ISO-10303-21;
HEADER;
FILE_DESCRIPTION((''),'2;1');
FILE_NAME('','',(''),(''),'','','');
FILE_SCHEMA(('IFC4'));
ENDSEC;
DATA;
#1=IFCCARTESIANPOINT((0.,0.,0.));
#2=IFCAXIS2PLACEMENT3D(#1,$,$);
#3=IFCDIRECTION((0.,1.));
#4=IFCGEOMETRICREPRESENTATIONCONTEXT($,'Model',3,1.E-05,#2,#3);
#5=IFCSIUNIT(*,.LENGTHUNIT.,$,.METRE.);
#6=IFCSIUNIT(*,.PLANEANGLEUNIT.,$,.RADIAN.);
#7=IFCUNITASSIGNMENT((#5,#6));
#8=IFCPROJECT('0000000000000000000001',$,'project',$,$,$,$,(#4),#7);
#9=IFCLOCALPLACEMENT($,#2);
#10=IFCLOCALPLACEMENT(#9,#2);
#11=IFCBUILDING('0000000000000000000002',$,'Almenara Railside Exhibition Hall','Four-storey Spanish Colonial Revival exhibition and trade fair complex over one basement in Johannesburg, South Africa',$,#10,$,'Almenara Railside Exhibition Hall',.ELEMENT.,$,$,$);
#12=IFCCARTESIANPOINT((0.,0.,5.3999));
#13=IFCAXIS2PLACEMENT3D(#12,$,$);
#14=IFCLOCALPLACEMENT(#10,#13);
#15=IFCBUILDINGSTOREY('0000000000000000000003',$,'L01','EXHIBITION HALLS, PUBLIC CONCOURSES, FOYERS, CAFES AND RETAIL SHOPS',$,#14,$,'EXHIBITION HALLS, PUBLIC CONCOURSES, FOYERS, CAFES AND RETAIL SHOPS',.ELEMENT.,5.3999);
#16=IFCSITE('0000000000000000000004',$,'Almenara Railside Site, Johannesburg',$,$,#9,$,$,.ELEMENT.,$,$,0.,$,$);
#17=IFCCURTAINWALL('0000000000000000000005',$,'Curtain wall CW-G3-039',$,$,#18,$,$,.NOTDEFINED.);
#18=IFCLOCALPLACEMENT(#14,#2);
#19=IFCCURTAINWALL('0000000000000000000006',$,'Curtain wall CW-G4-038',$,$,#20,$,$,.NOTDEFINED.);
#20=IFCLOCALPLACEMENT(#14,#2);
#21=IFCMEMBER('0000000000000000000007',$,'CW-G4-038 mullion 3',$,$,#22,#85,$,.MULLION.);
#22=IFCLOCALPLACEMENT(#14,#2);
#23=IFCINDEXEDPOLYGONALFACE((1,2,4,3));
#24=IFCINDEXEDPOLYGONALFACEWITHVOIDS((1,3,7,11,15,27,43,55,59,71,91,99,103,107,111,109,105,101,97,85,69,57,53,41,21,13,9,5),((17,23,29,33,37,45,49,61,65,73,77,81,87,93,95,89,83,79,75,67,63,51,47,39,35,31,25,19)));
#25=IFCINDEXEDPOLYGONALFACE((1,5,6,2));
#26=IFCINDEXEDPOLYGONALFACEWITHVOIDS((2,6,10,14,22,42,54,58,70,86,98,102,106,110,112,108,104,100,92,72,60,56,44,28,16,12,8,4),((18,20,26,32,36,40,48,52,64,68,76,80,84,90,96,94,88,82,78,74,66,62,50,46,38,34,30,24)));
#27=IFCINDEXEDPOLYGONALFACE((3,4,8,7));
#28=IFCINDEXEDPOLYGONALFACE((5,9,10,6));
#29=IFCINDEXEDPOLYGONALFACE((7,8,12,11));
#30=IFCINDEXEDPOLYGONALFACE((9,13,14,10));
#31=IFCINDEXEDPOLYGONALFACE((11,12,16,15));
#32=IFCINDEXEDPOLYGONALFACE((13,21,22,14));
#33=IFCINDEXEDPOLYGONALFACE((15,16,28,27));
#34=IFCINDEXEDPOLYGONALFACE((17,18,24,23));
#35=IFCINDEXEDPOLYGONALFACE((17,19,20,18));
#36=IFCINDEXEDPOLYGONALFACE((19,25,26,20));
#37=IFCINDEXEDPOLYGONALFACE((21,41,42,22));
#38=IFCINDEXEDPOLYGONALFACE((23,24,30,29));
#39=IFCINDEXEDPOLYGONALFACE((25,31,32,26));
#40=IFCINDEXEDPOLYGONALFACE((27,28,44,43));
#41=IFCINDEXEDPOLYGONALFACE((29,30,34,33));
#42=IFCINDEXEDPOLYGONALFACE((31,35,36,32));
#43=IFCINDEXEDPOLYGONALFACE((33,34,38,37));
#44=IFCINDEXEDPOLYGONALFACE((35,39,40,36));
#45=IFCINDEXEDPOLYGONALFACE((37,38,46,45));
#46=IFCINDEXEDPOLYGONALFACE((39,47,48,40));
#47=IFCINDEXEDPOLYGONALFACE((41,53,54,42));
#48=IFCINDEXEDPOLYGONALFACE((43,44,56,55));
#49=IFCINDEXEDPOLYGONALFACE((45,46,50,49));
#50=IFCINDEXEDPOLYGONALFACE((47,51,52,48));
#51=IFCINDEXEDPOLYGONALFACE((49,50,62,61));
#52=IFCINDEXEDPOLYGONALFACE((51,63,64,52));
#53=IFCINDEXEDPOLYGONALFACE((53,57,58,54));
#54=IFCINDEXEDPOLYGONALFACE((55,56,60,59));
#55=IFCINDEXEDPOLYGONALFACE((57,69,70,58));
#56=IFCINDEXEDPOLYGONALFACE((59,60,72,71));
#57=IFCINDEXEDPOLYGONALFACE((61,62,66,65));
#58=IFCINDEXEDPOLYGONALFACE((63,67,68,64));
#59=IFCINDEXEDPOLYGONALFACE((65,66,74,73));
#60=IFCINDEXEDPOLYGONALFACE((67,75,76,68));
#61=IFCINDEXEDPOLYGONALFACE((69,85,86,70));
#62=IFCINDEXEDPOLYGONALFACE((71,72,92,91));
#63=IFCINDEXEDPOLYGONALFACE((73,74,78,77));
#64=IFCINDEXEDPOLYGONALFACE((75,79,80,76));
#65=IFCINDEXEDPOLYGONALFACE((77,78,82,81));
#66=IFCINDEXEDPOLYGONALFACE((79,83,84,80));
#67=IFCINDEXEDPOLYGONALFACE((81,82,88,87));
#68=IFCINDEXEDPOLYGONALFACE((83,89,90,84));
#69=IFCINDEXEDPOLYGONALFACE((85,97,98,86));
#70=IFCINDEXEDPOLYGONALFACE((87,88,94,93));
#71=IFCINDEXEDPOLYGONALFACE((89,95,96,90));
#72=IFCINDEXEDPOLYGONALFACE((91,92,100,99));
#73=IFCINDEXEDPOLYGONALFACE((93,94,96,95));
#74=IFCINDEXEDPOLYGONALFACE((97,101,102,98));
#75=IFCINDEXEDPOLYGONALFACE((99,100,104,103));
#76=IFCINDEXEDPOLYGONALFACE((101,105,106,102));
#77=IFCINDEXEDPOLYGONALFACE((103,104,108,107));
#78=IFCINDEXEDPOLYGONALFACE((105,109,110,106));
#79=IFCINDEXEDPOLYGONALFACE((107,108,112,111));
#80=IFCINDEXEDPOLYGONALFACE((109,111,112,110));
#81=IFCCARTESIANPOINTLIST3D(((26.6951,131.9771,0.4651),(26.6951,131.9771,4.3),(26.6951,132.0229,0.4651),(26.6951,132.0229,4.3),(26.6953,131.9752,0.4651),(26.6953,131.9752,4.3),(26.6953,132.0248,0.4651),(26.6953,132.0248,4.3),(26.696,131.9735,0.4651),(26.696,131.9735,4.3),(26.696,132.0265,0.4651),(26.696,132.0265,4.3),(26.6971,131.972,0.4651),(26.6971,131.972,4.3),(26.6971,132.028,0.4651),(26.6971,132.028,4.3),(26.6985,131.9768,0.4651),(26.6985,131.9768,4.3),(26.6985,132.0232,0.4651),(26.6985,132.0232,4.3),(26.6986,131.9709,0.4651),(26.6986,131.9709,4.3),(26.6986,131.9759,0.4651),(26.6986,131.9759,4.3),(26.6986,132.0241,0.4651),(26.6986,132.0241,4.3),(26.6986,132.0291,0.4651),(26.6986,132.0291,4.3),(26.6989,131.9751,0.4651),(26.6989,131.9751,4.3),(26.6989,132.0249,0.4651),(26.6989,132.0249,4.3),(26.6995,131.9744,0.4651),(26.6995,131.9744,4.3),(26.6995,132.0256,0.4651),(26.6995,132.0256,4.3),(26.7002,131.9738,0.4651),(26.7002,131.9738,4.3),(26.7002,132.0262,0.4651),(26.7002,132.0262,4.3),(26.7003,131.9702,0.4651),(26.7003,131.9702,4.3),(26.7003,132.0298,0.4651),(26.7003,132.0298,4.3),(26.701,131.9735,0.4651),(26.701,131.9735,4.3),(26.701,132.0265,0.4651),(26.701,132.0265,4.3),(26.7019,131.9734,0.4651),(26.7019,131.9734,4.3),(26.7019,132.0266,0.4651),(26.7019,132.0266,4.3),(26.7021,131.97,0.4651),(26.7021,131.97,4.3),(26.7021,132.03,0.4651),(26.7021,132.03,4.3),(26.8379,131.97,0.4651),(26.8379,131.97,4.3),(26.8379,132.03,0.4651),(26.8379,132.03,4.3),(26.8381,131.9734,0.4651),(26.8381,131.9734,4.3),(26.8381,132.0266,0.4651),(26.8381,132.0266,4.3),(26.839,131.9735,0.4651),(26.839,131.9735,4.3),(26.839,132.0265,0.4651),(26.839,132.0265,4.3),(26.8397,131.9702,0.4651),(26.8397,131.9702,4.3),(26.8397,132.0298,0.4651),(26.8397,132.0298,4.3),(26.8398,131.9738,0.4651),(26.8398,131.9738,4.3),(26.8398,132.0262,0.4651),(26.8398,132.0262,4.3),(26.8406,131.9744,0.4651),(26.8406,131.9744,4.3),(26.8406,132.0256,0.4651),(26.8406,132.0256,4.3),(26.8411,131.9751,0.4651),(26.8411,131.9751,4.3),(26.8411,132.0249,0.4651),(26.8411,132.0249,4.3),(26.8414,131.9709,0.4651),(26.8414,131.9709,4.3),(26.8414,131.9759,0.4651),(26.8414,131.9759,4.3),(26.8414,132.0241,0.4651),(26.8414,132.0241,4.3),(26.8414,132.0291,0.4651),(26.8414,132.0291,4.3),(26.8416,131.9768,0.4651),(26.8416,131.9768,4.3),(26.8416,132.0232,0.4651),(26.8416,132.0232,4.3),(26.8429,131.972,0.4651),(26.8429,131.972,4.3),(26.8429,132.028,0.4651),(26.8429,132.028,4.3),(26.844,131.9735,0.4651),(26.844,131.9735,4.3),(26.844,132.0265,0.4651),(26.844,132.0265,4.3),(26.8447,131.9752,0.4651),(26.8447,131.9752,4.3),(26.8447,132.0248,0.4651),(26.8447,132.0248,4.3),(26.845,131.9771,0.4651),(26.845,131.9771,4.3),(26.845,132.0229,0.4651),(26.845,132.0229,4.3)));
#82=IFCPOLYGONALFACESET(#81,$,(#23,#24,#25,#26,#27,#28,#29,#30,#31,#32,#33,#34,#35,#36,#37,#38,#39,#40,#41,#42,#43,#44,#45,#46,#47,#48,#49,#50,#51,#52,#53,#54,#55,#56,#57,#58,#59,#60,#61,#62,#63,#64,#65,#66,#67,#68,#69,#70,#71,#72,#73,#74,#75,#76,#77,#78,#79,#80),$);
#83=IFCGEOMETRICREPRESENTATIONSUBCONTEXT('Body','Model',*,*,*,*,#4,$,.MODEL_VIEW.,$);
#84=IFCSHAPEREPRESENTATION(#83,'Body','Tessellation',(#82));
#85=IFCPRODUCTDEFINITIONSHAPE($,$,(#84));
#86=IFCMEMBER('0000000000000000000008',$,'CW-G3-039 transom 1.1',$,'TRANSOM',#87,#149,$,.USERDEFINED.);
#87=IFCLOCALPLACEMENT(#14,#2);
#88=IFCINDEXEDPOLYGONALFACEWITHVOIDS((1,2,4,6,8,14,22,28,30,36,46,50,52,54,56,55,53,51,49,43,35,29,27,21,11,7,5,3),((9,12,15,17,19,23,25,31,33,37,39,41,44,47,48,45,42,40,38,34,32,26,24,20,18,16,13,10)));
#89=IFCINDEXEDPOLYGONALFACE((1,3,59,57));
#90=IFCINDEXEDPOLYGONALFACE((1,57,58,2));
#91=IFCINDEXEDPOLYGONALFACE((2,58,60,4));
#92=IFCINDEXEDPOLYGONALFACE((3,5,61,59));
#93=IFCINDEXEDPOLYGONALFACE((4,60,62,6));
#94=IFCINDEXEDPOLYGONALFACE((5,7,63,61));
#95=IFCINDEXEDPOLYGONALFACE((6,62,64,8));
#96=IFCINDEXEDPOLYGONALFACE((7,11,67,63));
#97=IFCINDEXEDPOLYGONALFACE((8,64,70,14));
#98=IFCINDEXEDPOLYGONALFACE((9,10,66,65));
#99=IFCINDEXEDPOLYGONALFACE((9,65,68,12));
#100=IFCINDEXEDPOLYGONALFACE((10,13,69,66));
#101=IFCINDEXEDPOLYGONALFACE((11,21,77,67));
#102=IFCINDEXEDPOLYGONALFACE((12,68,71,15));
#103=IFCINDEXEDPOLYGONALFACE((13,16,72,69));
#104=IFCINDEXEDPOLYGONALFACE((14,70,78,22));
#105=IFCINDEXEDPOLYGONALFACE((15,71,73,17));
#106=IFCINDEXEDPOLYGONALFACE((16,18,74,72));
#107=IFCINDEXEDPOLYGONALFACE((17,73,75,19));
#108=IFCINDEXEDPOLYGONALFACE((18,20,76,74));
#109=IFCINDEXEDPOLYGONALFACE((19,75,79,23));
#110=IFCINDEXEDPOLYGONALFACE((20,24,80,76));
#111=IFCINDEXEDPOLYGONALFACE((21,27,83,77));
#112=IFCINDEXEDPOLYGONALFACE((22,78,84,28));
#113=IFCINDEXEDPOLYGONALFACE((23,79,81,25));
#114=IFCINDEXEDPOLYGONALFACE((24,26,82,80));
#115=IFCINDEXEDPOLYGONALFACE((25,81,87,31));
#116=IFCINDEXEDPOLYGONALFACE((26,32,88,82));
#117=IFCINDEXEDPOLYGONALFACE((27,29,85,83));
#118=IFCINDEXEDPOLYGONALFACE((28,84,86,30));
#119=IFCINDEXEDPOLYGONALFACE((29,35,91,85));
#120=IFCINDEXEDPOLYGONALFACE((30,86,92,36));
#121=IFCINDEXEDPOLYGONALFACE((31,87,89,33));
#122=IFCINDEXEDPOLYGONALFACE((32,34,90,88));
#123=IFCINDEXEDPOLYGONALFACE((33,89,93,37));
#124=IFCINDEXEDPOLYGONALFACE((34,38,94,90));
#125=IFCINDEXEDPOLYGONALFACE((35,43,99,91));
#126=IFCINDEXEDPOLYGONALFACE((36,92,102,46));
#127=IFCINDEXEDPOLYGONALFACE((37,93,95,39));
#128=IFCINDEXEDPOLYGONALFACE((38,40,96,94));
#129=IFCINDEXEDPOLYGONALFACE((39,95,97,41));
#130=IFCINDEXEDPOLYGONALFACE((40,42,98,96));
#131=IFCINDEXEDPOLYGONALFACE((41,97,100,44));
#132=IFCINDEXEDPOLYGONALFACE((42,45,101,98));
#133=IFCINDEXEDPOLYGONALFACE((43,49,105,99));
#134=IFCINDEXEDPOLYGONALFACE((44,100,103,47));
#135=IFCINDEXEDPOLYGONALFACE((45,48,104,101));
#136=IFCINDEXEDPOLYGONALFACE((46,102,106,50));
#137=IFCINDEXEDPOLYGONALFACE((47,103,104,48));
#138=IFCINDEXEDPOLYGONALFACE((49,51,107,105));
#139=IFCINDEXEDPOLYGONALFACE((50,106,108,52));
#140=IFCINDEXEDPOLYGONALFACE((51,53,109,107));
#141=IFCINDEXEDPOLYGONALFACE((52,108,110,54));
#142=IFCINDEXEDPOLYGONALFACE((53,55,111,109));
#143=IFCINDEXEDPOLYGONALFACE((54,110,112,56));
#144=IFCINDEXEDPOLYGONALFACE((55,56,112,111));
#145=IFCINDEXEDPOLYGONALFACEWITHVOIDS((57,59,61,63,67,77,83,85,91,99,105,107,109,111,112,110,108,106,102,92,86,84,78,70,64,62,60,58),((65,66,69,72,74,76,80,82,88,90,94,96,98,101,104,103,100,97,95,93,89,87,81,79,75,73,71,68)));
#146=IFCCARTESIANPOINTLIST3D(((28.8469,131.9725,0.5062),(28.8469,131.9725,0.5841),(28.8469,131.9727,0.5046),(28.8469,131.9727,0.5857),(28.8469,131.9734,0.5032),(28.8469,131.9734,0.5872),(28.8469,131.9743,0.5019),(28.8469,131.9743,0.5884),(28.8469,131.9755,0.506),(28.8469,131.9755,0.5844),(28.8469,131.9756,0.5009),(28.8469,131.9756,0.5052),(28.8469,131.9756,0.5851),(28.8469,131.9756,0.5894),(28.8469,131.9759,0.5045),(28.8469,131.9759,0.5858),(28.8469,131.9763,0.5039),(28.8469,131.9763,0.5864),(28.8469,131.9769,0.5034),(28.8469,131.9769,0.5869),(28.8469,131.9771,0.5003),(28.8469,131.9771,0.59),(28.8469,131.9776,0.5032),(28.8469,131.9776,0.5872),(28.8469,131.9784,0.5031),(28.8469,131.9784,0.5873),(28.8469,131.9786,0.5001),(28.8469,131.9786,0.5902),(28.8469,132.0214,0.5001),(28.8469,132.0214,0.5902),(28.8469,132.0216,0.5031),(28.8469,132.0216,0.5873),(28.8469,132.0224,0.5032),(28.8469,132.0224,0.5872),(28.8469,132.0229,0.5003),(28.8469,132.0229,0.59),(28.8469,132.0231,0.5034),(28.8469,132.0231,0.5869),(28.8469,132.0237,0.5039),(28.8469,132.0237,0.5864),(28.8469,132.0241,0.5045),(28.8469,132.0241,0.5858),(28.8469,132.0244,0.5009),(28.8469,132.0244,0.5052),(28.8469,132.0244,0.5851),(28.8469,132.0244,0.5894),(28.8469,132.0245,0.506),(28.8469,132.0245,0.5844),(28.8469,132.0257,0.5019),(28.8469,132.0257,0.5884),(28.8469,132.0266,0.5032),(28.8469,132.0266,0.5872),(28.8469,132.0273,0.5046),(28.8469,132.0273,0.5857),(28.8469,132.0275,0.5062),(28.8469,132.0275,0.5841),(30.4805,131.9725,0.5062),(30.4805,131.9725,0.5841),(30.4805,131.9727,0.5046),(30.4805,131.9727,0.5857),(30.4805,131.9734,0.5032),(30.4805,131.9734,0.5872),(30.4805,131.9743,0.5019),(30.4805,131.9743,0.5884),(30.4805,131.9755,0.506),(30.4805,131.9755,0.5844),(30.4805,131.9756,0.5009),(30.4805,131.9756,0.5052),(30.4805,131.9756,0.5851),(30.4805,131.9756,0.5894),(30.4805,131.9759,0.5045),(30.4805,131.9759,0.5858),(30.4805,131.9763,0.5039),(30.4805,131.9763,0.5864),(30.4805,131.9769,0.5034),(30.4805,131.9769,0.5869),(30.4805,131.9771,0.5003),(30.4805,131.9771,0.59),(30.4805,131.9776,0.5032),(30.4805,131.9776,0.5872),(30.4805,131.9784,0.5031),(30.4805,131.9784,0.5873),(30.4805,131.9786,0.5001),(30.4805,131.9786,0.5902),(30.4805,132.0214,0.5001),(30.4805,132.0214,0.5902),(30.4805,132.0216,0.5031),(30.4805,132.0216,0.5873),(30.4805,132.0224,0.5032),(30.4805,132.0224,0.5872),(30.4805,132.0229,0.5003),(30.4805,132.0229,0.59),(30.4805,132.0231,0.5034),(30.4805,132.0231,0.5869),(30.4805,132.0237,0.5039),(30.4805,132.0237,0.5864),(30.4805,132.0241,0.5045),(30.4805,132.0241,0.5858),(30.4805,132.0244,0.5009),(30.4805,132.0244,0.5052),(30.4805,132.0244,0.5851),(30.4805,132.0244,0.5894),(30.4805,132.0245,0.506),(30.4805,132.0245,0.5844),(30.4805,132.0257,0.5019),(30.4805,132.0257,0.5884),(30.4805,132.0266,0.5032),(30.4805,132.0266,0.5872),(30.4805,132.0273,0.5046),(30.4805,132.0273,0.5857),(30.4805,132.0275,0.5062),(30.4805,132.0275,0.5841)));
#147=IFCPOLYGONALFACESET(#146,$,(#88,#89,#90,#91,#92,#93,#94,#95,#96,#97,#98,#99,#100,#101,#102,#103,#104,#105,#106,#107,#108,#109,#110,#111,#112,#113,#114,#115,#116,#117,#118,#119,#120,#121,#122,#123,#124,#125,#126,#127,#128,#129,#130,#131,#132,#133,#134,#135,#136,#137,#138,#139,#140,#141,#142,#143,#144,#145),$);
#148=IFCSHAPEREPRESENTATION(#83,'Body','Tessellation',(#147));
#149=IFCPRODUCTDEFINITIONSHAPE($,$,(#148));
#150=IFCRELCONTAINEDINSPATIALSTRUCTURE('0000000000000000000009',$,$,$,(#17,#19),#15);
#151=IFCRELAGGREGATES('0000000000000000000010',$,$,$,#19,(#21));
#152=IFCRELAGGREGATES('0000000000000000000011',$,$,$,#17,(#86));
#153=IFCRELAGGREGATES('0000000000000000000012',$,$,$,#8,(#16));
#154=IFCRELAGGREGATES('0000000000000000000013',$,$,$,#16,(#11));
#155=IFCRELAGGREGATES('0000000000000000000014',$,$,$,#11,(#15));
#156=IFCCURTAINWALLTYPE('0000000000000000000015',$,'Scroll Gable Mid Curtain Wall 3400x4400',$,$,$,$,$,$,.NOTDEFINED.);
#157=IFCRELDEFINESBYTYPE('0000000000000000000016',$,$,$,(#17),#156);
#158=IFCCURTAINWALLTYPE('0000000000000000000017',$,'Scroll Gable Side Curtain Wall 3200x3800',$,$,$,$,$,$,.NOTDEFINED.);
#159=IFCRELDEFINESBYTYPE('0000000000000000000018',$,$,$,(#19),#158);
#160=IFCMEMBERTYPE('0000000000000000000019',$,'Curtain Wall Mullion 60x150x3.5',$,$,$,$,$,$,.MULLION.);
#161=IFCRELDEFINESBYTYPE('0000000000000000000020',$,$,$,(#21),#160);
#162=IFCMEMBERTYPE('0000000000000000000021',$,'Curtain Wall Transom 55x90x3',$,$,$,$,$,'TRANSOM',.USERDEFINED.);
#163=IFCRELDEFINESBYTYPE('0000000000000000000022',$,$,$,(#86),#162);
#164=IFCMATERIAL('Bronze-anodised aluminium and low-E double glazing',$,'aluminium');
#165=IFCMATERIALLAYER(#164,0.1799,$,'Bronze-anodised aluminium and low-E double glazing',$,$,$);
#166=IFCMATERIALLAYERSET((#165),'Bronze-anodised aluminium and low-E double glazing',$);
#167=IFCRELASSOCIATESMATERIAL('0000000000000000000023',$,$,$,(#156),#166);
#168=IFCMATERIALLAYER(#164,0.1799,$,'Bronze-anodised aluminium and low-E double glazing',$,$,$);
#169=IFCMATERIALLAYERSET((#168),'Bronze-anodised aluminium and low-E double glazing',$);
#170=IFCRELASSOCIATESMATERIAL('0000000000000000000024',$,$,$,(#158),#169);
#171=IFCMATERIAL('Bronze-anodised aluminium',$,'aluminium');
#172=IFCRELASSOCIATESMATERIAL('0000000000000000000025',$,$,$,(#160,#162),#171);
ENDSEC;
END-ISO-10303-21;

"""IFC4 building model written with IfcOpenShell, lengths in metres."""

from ifc_helpers import new_model, si_unit, direction, frame, origin, origin_2d, place, context, subcontext, project, spatial, hollow_rectangle, extrude, material, layer, layer_set, material_profile, profile_set, type_object, element, aggregate, save


model = new_model("IFC4")

# Units and contexts
model_context = context("Model", 3, precision=1e-05, world=origin(), true_north=direction((0.0, 1.0)))
body_context = subcontext(model_context, "Body", "Model", "MODEL_VIEW")
ifc_project = project(units=[si_unit("LENGTHUNIT", "METRE"), si_unit("PLANEANGLEUNIT", "RADIAN")], contexts=[model_context])

# Site, building, storey
site_placement = place(None, origin())
site = spatial("IfcSite", under=ifc_project, at=site_placement, Name="Almenara Railside Site, Johannesburg", CompositionType="ELEMENT", RefElevation=0.0)
building_placement = place(site_placement, origin())
building = spatial("IfcBuilding", under=site, at=building_placement, Name="Almenara Railside Exhibition Hall", Description="Four-storey Spanish Colonial Revival exhibition and trade fair complex over one basement in Johannesburg, South Africa", LongName="Almenara Railside Exhibition Hall", CompositionType="ELEMENT")
storey_placement = place(building_placement, frame((0.0, 0.0, 5.3999)))
storey = spatial("IfcBuildingStorey", under=building, at=storey_placement, Name="L01", Description="EXHIBITION HALLS, PUBLIC CONCOURSES, FOYERS, CAFES AND RETAIL SHOPS", LongName="EXHIBITION HALLS, PUBLIC CONCOURSES, FOYERS, CAFES AND RETAIL SHOPS", CompositionType="ELEMENT", Elevation=5.3999)

# Curtain wall
ifc_material_1 = material(Name="Bronze-anodised aluminium and low-E double glazing", Category="aluminium")
ifc_layer_1 = layer(ifc_material_1, 0.1799, Name="Bronze-anodised aluminium and low-E double glazing")
ifc_layer_set_1 = layer_set([ifc_layer_1], Name="Bronze-anodised aluminium and low-E double glazing")
curtain_wall_type_1 = type_object("IfcCurtainWallType", Name="Scroll Gable Mid Curtain Wall 3400x4400", PredefinedType="NOTDEFINED", material=ifc_layer_set_1)
curtain_wall_1_placement = place(storey_placement, origin())
curtain_wall_1 = element("IfcCurtainWall", 1, at=curtain_wall_1_placement, inside=storey, type_object=curtain_wall_type_1, Name="Curtain wall CW-G3-039", PredefinedType="NOTDEFINED")
ifc_material_2 = material(Name="Bronze-anodised aluminium", Category="aluminium")

# Curtain wall, member
ifc_layer_2 = layer(ifc_material_1, 0.1799, Name="Bronze-anodised aluminium and low-E double glazing")
ifc_layer_set_2 = layer_set([ifc_layer_2], Name="Bronze-anodised aluminium and low-E double glazing")
curtain_wall_type_2 = type_object("IfcCurtainWallType", Name="Scroll Gable Side Curtain Wall 3200x3800", PredefinedType="NOTDEFINED", material=ifc_layer_set_2)
curtain_wall_2_placement = place(storey_placement, origin())
curtain_wall_2 = element("IfcCurtainWall", 2, at=curtain_wall_2_placement, inside=storey, type_object=curtain_wall_type_2, Name="Curtain wall CW-G4-038", PredefinedType="NOTDEFINED")
ifc_material_profile_1 = material_profile(ifc_material_2, hollow_rectangle(XDim=0.0601, YDim=0.1499, WallThickness=0.0034, InnerFilletRadius=0.0034, OuterFilletRadius=0.0071, at=origin_2d()), Name="ALU-MUL 60x150x3.5")
ifc_profile_set_1 = profile_set([ifc_material_profile_1], Name="Bronze-anodised aluminium")
member_type_1 = type_object("IfcMemberType", Name="Curtain Wall Mullion 60x150x3.5", PredefinedType="MULLION", material=ifc_profile_set_1)
member_1_placement = place(storey_placement, frame((26.77, 132.0, 0.4651), z_axis=(0.0, 0.0, 1.0), x_axis=(0.0, 1.0, 0.0)))
member_1 = element("IfcMember", 3, at=member_1_placement, type_object=member_type_1, Name="CW-G4-038 mullion 3", PredefinedType="MULLION", context=body_context, shape_type="SweptSolid", body=[
    extrude(hollow_rectangle(XDim=0.0601, YDim=0.1499, WallThickness=0.0034, InnerFilletRadius=0.0034, OuterFilletRadius=0.0071, at=origin_2d()), origin(), (0.0, 0.0, 1.0), 3.835),
])

# Member
ifc_material_profile_2 = material_profile(ifc_material_2, hollow_rectangle(XDim=0.0549, YDim=0.0901, WallThickness=0.0029, InnerFilletRadius=0.0029, OuterFilletRadius=0.0061, at=origin_2d()), Name="ALU-TRN 55x90x3")
ifc_profile_set_2 = profile_set([ifc_material_profile_2], Name="Bronze-anodised aluminium")
member_type_2 = type_object("IfcMemberType", Name="Curtain Wall Transom 55x90x3", ElementType="TRANSOM", PredefinedType="USERDEFINED", material=ifc_profile_set_2)
member_2_placement = place(storey_placement, frame((28.8469, 132.0, 0.5452), z_axis=(1.0, 0.0, 0.0), x_axis=(0.0, 1.0, 0.0)))
member_2 = element("IfcMember", 4, at=member_2_placement, type_object=member_type_2, Name="CW-G3-039 transom 1.1", ObjectType="TRANSOM", PredefinedType="USERDEFINED", context=body_context, shape_type="SweptSolid", body=[
    extrude(hollow_rectangle(XDim=0.0549, YDim=0.0901, WallThickness=0.0029, InnerFilletRadius=0.0029, OuterFilletRadius=0.0061, at=origin_2d()), origin(), (0.0, 0.0, 1.0), 1.6335),
])

aggregate(curtain_wall_2, [member_1])
aggregate(curtain_wall_1, [member_2])

save(model, "model.ifc")
